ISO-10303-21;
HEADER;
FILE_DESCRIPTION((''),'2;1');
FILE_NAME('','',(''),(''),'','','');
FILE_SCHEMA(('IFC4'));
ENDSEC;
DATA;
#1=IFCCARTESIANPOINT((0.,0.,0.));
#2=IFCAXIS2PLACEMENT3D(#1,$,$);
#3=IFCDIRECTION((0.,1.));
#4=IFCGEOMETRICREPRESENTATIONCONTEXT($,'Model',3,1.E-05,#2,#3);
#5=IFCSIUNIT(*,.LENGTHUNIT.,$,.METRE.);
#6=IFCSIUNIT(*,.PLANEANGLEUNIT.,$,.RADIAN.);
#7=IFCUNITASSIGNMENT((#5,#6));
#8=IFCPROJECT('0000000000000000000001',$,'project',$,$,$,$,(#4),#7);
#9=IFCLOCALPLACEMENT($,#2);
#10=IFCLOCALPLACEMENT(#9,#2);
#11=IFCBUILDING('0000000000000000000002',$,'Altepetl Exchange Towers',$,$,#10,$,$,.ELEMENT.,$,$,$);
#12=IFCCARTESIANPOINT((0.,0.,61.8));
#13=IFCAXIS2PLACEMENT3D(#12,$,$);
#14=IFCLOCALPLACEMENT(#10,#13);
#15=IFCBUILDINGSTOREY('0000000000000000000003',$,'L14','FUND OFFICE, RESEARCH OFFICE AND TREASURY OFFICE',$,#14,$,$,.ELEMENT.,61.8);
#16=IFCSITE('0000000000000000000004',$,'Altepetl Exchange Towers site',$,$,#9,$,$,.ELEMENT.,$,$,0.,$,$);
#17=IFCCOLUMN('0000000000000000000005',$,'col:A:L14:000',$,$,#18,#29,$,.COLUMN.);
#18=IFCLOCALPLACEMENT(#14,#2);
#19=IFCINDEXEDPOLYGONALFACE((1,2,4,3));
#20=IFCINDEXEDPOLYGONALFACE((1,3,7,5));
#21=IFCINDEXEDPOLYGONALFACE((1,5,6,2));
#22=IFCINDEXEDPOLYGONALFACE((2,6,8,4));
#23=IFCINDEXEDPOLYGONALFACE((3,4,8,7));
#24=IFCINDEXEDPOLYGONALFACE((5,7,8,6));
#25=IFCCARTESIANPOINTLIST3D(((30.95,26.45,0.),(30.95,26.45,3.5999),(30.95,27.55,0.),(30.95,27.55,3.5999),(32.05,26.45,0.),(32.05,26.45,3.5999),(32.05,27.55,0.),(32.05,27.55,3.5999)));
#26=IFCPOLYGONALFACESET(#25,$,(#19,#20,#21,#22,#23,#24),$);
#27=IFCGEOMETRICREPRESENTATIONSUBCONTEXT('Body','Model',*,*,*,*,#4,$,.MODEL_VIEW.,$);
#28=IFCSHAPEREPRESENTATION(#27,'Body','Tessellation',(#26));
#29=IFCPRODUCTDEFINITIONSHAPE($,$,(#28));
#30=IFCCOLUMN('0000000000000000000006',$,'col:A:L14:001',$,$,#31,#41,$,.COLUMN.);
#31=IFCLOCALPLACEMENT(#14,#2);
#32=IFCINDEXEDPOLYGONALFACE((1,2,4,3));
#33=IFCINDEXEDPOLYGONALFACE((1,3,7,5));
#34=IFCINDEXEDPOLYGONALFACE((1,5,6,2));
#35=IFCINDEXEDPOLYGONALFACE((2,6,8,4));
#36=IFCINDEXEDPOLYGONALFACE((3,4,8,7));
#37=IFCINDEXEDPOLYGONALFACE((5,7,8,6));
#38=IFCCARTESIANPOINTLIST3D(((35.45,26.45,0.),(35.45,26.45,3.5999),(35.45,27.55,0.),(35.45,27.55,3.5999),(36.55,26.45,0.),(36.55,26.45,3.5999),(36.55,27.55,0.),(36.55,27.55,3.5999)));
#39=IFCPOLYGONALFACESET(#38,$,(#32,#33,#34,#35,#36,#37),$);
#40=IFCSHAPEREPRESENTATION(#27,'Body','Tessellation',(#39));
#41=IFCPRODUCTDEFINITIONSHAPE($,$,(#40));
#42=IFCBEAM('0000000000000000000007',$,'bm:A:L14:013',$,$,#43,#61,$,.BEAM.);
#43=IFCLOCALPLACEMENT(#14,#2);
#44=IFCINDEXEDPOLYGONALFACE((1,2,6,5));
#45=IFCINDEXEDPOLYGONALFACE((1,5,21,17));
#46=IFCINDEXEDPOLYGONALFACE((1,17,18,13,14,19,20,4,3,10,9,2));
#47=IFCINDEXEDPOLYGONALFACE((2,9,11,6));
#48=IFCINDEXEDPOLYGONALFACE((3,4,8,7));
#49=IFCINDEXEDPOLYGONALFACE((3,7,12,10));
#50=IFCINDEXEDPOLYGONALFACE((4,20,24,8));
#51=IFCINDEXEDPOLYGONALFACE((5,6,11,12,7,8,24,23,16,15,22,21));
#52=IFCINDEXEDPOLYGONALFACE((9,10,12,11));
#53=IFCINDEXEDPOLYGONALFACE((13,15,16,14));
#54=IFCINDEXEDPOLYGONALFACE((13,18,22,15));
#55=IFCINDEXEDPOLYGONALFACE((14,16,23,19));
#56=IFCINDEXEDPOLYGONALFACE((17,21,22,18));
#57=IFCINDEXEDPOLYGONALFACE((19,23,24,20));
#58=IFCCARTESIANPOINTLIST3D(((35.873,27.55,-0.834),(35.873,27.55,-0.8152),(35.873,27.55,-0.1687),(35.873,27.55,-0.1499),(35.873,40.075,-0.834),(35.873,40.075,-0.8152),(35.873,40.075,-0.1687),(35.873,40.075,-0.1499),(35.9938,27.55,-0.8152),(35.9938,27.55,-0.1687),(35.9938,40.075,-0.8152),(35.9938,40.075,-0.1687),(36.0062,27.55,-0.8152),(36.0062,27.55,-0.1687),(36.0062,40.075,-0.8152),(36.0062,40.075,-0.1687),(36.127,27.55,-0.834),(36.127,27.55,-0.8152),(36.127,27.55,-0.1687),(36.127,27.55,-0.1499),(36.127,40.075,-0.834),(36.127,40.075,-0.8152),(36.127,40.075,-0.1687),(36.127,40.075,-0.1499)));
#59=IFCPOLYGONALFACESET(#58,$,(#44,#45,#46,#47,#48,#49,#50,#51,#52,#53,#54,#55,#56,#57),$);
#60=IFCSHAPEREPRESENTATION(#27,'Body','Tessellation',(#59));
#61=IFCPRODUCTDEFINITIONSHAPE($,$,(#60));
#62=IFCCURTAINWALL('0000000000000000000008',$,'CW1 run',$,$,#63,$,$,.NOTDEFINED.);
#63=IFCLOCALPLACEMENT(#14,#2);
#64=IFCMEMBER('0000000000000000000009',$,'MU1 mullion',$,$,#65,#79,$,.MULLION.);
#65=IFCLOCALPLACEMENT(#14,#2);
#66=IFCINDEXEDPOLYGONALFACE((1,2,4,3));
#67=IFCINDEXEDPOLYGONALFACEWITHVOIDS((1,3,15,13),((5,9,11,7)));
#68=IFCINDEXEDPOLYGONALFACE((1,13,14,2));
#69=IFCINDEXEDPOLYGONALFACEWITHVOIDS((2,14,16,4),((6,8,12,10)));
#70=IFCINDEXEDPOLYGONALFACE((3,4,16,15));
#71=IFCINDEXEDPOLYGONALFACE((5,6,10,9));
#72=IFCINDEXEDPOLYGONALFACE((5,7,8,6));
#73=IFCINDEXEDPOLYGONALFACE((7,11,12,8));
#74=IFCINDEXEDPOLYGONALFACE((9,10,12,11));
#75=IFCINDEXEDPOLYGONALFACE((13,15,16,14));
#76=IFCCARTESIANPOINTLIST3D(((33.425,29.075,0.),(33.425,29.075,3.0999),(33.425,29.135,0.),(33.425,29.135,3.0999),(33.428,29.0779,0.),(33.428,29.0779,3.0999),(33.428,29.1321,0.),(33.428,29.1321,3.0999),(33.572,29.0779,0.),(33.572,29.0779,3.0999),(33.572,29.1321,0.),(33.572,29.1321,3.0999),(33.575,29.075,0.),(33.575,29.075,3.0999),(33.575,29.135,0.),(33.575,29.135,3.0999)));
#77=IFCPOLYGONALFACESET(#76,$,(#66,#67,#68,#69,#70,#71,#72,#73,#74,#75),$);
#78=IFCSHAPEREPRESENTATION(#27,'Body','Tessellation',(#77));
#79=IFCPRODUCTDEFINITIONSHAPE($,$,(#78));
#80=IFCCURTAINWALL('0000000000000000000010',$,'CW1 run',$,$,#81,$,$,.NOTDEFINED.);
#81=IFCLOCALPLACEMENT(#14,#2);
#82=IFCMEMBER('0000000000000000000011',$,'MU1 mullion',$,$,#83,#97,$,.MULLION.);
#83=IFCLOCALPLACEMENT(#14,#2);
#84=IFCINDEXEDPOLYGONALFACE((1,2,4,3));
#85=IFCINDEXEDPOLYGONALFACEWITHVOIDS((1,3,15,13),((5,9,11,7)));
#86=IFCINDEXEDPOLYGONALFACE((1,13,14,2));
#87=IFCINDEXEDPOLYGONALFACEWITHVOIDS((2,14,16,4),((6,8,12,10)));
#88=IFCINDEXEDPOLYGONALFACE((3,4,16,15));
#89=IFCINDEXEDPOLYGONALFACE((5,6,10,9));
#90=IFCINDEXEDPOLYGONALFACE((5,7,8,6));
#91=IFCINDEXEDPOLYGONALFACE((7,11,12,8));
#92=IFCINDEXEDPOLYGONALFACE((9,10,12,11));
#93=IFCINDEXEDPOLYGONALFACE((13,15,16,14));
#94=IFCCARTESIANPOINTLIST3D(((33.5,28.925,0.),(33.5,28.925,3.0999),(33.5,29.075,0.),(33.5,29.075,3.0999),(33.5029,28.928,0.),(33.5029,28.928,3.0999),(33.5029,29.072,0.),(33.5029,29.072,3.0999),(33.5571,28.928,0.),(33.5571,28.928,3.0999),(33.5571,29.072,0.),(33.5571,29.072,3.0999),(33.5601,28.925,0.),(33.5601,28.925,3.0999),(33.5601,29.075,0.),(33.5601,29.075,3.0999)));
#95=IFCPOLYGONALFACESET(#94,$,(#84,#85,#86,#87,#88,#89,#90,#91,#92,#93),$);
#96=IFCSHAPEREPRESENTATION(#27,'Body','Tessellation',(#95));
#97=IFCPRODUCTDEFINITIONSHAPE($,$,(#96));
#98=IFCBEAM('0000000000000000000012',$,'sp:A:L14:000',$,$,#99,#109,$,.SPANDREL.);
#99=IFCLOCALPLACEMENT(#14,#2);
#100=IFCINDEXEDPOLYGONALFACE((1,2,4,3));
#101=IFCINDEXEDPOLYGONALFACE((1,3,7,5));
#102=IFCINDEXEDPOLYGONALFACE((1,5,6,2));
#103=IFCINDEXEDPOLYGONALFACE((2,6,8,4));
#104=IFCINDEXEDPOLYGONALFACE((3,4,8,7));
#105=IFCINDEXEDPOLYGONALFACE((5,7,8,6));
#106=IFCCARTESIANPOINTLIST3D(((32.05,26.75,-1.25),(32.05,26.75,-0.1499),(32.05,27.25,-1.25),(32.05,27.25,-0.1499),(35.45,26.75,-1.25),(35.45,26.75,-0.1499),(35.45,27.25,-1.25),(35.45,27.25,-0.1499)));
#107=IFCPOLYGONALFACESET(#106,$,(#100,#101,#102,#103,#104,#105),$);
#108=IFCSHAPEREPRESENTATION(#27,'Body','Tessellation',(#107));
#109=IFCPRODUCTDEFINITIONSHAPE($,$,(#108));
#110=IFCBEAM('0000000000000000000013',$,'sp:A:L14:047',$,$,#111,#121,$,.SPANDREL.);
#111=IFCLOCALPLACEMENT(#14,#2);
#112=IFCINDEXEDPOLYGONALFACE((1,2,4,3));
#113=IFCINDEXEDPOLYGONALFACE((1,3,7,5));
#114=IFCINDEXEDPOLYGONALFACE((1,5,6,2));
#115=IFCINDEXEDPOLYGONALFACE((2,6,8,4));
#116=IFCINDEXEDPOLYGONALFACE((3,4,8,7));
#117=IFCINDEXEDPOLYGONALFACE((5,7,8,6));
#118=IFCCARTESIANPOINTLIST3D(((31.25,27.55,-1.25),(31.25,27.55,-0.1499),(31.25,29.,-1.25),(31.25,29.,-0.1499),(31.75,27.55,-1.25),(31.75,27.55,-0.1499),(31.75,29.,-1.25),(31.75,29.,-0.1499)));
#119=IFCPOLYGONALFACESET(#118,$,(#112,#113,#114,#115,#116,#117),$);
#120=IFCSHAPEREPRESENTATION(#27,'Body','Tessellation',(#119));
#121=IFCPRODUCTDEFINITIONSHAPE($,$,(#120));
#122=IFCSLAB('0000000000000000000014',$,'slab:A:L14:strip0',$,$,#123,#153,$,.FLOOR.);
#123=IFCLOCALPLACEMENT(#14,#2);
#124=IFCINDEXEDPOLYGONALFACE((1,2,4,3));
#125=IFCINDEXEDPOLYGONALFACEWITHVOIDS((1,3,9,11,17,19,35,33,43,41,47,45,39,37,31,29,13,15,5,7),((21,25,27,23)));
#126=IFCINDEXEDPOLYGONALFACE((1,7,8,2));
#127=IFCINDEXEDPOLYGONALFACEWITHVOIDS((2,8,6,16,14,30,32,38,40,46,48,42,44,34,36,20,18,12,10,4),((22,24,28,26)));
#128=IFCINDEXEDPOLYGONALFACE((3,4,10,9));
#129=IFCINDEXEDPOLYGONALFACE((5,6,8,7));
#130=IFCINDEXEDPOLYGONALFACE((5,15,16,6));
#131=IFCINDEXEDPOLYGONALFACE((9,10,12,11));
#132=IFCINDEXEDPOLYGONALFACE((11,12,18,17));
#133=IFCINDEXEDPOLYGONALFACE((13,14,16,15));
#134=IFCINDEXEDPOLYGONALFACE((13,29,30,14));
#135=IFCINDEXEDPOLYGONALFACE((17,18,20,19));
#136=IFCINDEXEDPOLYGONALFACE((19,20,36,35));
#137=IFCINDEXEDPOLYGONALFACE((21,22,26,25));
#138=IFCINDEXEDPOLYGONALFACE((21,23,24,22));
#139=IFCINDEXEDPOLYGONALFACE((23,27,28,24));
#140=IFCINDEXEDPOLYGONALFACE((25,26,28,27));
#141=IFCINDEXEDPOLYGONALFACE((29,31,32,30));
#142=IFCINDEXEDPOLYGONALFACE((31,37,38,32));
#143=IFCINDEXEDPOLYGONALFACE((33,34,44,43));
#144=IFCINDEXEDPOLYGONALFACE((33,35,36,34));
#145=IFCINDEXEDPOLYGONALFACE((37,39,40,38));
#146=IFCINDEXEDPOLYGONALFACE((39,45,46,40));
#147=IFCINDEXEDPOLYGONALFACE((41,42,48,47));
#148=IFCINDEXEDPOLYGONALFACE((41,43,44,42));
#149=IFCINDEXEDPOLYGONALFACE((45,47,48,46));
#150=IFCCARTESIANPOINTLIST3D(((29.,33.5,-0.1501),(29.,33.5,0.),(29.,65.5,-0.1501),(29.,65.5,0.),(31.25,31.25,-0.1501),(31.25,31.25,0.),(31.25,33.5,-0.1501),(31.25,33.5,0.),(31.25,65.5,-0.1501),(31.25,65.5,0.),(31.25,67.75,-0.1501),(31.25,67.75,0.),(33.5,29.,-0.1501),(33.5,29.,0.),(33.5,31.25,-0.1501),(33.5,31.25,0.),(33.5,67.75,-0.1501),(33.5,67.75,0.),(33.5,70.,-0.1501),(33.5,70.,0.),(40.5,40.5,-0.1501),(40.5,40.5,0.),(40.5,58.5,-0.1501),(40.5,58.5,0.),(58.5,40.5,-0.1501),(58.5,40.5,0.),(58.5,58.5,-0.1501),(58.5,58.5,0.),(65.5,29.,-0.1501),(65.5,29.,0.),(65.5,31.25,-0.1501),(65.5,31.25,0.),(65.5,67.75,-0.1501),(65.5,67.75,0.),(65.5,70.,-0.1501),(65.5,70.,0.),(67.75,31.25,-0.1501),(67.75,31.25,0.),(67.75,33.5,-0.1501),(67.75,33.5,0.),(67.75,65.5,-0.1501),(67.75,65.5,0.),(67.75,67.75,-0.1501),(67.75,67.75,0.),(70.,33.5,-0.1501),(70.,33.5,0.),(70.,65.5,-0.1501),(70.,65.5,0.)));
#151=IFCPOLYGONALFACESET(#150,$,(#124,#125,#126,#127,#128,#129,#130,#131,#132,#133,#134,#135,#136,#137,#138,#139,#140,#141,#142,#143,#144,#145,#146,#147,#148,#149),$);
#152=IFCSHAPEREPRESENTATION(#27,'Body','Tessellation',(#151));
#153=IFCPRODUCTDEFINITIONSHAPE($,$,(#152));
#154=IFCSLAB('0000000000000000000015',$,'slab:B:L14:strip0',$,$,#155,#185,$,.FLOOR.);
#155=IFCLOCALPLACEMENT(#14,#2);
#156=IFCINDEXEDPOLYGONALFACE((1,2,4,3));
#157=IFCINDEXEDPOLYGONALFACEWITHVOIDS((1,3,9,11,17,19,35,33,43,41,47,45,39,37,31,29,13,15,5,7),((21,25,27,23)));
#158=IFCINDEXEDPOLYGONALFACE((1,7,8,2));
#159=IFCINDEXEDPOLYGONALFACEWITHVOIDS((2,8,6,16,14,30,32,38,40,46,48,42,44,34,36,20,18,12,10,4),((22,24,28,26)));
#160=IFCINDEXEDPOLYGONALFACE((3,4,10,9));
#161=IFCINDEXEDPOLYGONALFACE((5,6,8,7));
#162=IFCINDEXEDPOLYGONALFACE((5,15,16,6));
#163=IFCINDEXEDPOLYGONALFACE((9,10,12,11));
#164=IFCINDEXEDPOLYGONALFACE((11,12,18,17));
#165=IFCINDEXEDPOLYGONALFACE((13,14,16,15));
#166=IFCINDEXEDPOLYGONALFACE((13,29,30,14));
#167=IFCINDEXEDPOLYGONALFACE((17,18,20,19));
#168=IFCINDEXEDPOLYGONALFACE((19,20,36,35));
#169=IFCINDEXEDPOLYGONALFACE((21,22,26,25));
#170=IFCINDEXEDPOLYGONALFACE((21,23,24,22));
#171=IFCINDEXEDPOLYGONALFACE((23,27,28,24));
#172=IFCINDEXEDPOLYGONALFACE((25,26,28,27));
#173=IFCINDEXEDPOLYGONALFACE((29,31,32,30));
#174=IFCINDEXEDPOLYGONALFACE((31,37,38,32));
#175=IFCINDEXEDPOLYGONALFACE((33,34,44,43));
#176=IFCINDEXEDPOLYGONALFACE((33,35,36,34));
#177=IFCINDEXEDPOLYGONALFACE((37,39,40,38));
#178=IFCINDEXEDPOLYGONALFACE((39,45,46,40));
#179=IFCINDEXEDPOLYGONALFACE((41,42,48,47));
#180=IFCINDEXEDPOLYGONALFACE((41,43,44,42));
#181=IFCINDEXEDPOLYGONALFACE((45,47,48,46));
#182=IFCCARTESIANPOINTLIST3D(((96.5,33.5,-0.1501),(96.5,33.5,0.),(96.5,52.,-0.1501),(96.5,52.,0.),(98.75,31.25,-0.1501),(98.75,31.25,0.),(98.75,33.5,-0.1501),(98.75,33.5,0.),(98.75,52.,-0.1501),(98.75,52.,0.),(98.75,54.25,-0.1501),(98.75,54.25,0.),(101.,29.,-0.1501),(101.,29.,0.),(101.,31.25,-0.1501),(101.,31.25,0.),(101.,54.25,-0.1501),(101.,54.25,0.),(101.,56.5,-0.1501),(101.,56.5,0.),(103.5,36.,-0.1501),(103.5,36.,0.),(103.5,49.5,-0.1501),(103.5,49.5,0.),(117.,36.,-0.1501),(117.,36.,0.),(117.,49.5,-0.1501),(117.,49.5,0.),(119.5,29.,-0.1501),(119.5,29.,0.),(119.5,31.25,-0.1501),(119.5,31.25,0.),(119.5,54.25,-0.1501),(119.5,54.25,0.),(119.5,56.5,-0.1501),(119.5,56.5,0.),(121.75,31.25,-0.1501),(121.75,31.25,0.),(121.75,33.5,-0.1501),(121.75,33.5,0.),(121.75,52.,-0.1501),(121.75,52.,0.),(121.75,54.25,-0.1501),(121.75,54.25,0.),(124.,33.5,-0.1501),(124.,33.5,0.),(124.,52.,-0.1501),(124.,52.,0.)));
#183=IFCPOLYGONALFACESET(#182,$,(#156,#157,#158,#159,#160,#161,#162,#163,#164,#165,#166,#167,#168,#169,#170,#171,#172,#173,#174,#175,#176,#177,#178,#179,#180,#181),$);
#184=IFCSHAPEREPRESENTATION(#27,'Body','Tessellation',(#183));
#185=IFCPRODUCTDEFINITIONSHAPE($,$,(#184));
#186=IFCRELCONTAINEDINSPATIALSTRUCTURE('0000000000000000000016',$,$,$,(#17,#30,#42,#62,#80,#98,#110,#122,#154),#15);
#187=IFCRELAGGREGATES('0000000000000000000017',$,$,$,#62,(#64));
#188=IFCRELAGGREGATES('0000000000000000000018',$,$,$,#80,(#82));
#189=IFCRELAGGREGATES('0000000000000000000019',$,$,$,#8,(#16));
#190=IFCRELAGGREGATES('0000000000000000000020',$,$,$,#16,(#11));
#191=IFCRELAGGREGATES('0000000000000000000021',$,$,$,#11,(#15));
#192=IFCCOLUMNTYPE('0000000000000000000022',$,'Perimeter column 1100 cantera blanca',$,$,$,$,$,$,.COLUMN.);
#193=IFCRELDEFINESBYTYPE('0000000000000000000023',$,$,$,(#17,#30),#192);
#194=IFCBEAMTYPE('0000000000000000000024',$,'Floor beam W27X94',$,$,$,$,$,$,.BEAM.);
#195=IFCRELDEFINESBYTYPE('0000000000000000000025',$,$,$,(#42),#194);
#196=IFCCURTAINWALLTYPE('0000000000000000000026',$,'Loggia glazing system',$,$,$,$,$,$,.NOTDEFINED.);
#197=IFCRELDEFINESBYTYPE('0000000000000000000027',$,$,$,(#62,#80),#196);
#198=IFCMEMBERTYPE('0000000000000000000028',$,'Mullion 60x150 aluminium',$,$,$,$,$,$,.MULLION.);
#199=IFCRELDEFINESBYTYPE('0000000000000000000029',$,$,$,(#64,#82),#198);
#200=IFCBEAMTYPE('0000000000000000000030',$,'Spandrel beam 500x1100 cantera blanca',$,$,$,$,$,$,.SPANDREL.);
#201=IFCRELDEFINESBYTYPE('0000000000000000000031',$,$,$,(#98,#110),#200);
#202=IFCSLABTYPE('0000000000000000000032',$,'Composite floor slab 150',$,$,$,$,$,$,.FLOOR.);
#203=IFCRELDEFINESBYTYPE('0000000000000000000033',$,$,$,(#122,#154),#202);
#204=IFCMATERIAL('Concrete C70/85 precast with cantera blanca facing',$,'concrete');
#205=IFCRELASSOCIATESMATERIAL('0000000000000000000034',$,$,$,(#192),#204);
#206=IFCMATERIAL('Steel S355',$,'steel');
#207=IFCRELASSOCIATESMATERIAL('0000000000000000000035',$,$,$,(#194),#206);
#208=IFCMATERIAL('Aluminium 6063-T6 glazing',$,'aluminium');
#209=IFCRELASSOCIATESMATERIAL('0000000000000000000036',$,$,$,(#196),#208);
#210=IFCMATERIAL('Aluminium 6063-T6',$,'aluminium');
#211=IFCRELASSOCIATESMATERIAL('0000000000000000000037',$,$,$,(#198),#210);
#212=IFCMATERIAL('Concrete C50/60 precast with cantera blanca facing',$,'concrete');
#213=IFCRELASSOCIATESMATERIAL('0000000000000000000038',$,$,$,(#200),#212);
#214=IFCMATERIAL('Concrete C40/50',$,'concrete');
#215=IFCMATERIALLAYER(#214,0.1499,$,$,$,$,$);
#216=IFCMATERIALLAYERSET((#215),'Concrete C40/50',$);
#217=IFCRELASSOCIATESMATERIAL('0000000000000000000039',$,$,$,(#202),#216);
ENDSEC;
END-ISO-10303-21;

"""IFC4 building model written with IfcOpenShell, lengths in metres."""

from ifc_helpers import new_model, si_unit, direction, frame, origin, origin_2d, place, context, subcontext, project, spatial, polyline, rectangle, hollow_rectangle, i_section, outline, extrude, material, layer, layer_set, material_profile, profile_set, type_object, element, aggregate, save


model = new_model("IFC4")

# Units and contexts
model_context = context("Model", 3, precision=1e-05, world=origin(), true_north=direction((0.0, 1.0)))
body_context = subcontext(model_context, "Body", "Model", "MODEL_VIEW")
ifc_project = project(units=[si_unit("LENGTHUNIT", "METRE"), si_unit("PLANEANGLEUNIT", "RADIAN")], contexts=[model_context])

# Site, building, storey
site_placement = place(None, origin())
site = spatial("IfcSite", under=ifc_project, at=site_placement, Name="Altepetl Exchange Towers site", CompositionType="ELEMENT", RefElevation=0.0)
building_placement = place(site_placement, origin())
building = spatial("IfcBuilding", under=site, at=building_placement, Name="Altepetl Exchange Towers", CompositionType="ELEMENT")
storey_placement = place(building_placement, frame((0.0, 0.0, 61.8)))
storey = spatial("IfcBuildingStorey", under=building, at=storey_placement, Name="L14", Description="FUND OFFICE, RESEARCH OFFICE AND TREASURY OFFICE", CompositionType="ELEMENT", Elevation=61.8)

# Columns
ifc_material_1 = material(Name="Concrete C70/85 precast with cantera blanca facing", Category="concrete")
ifc_material_profile_1 = material_profile(ifc_material_1, rectangle(XDim=1.1001, YDim=1.1001, at=origin_2d()), Name="1100 x 1100")
ifc_profile_set_1 = profile_set([ifc_material_profile_1], Name="Concrete C70/85 precast with cantera blanca facing")
column_type = type_object("IfcColumnType", Name="Perimeter column 1100 cantera blanca", PredefinedType="COLUMN", material=ifc_profile_set_1)
for number, where, name in (
    (1, (31.5, 27.0, 0.0), "col:A:L14:000"),
    (2, (36.0, 27.0, 0.0), "col:A:L14:001"),
):
    element("IfcColumn", number, at=place(storey_placement, frame(where)), inside=storey, type_object=column_type, Name=name, PredefinedType="COLUMN", context=body_context, shape_type="SweptSolid", body=[
        extrude(rectangle(XDim=1.1001, YDim=1.1001, at=origin_2d()), origin(), (0.0, 0.0, 1.0), 3.5999),
    ])

# Beam
ifc_material_2 = material(Name="Steel S355", Category="steel")
ifc_material_profile_2 = material_profile(ifc_material_2, i_section(OverallWidth=0.2539, OverallDepth=0.6841, WebThickness=0.0125, FlangeThickness=0.0188, at=origin_2d()), Name="W27X94")
ifc_profile_set_2 = profile_set([ifc_material_profile_2], Name="Steel S355")
beam_type_1 = type_object("IfcBeamType", Name="Floor beam W27X94", PredefinedType="BEAM", material=ifc_profile_set_2)
beam_1_placement = place(storey_placement, frame((36.0, 27.55, -0.4919), z_axis=(0.0, 1.0, 0.0), x_axis=(-1.0, 0.0, 0.0)))
element("IfcBeam", 3, at=beam_1_placement, inside=storey, type_object=beam_type_1, Name="bm:A:L14:013", PredefinedType="BEAM", context=body_context, shape_type="SweptSolid", body=[
    extrude(i_section(OverallWidth=0.2539, OverallDepth=0.6841, WebThickness=0.0125, FlangeThickness=0.0188, at=origin_2d()), origin(), (0.0, 0.0, 1.0), 12.5249),
])

# Curtain walls, members
ifc_material_3 = material(Name="Aluminium 6063-T6 glazing", Category="aluminium")
curtain_wall_type = type_object("IfcCurtainWallType", Name="Loggia glazing system", PredefinedType="NOTDEFINED", material=ifc_material_3)
curtain_wall_1_placement = place(storey_placement, origin())
curtain_wall_1 = element("IfcCurtainWall", 4, at=curtain_wall_1_placement, inside=storey, type_object=curtain_wall_type, Name="CW1 run", PredefinedType="NOTDEFINED")
ifc_material_4 = material(Name="Aluminium 6063-T6", Category="aluminium")
ifc_material_profile_3 = material_profile(ifc_material_4, hollow_rectangle(XDim=0.0601, YDim=0.1499, WallThickness=0.0029, at=origin_2d()), Name="Mullion 60x150 aluminium")
ifc_profile_set_3 = profile_set([ifc_material_profile_3], Name="Aluminium 6063-T6")
member_type = type_object("IfcMemberType", Name="Mullion 60x150 aluminium", PredefinedType="MULLION", material=ifc_profile_set_3)
member_1_placement = place(storey_placement, frame((33.5, 29.105, 0.0), z_axis=(0.0, 0.0, 1.0), x_axis=(0.0, -1.0, 0.0)))
member_1 = element("IfcMember", 5, at=member_1_placement, type_object=member_type, Name="MU1 mullion", PredefinedType="MULLION", context=body_context, shape_type="SweptSolid", body=[
    extrude(hollow_rectangle(XDim=0.0601, YDim=0.1499, WallThickness=0.0029, at=origin_2d()), origin(), (0.0, 0.0, 1.0), 3.0999),
])
aggregate(curtain_wall_1, [member_1])
curtain_wall_2_placement = place(storey_placement, origin())
curtain_wall_2 = element("IfcCurtainWall", 6, at=curtain_wall_2_placement, inside=storey, type_object=curtain_wall_type, Name="CW1 run", PredefinedType="NOTDEFINED")
member_2_placement = place(storey_placement, frame((33.53, 29.0, 0.0)))
member_2 = element("IfcMember", 7, at=member_2_placement, type_object=member_type, Name="MU1 mullion", PredefinedType="MULLION", context=body_context, shape_type="SweptSolid", body=[
    extrude(hollow_rectangle(XDim=0.0601, YDim=0.1499, WallThickness=0.0029, at=origin_2d()), origin(), (0.0, 0.0, 1.0), 3.0999),
])

# Beams
ifc_material_5 = material(Name="Concrete C50/60 precast with cantera blanca facing", Category="concrete")
ifc_material_profile_4 = material_profile(ifc_material_5, rectangle(XDim=0.5, YDim=1.1001, at=origin_2d()), Name="500 x 1100")
ifc_profile_set_4 = profile_set([ifc_material_profile_4], Name="Concrete C50/60 precast with cantera blanca facing")
beam_type_2 = type_object("IfcBeamType", Name="Spandrel beam 500x1100 cantera blanca", PredefinedType="SPANDREL", material=ifc_profile_set_4)
beam_2_placement = place(storey_placement, frame((32.05, 27.0, -0.7), z_axis=(1.0, 0.0, 0.0), x_axis=(0.0, 1.0, 0.0)))
element("IfcBeam", 8, at=beam_2_placement, inside=storey, type_object=beam_type_2, Name="sp:A:L14:000", PredefinedType="SPANDREL", context=body_context, shape_type="SweptSolid", body=[
    extrude(rectangle(XDim=0.5, YDim=1.1001, at=origin_2d()), origin(), (0.0, 0.0, 1.0), 3.3999),
])
beam_3_placement = place(storey_placement, frame((31.5, 29.0, -0.7), z_axis=(0.0, -1.0, 0.0), x_axis=(1.0, 0.0, 0.0)))
element("IfcBeam", 9, at=beam_3_placement, inside=storey, type_object=beam_type_2, Name="sp:A:L14:047", PredefinedType="SPANDREL", context=body_context, shape_type="SweptSolid", body=[
    extrude(rectangle(XDim=0.5, YDim=1.1001, at=origin_2d()), origin(), (0.0, 0.0, 1.0), 1.45),
])

# Slabs
ifc_material_6 = material(Name="Concrete C40/50", Category="concrete")
ifc_layer_1 = layer(ifc_material_6, 0.1499)
ifc_layer_set_1 = layer_set([ifc_layer_1], Name="Concrete C40/50")
slab_type_1 = type_object("IfcSlabType", Name="Composite floor slab 150", PredefinedType="FLOOR", material=ifc_layer_set_1)
slab_1_placement = place(storey_placement, frame((0.0, 0.0, -0.1501)))
element("IfcSlab", 10, at=slab_1_placement, inside=storey, type_object=slab_type_1, Name="slab:A:L14:strip0", PredefinedType="FLOOR", context=body_context, shape_type="SweptSolid", body=[
    extrude(outline(polyline([(31.25, 67.75), (31.25, 65.5), (29.0, 65.5), (29.0, 33.5), (31.25, 33.5), (31.25, 31.25), (33.5, 31.25), (33.5, 29.0), (65.5, 29.0), (65.5, 31.25), (67.75, 31.25), (67.75, 33.5), (70.0, 33.5), (70.0, 65.5), (67.75, 65.5), (67.75, 67.75), (65.5, 67.75), (65.5, 70.0), (33.5, 70.0), (33.5, 67.75), (31.25, 67.75)]), holes=[polyline([(58.5, 58.5), (58.5, 40.5), (40.5, 40.5), (40.5, 58.5), (58.5, 58.5)])]), origin(), (0.0, 0.0, 1.0), 0.1501),
])
slab_2_placement = place(storey_placement, frame((0.0, 0.0, -0.1501)))
element("IfcSlab", 11, at=slab_2_placement, inside=storey, type_object=slab_type_1, Name="slab:B:L14:strip0", PredefinedType="FLOOR", context=body_context, shape_type="SweptSolid", body=[
    extrude(outline(polyline([(98.75, 54.25), (98.75, 52.0), (96.5, 52.0), (96.5, 33.5), (98.75, 33.5), (98.75, 31.25), (101.0, 31.25), (101.0, 29.0), (119.5, 29.0), (119.5, 31.25), (121.75, 31.25), (121.75, 33.5), (124.0, 33.5), (124.0, 52.0), (121.75, 52.0), (121.75, 54.25), (119.5, 54.25), (119.5, 56.5), (101.0, 56.5), (101.0, 54.25), (98.75, 54.25)]), holes=[polyline([(117.0, 49.5), (117.0, 36.0), (103.5, 36.0), (103.5, 49.5), (117.0, 49.5)])]), origin(), (0.0, 0.0, 1.0), 0.1501),
])

aggregate(curtain_wall_2, [member_2])

save(model, "model.ifc")
